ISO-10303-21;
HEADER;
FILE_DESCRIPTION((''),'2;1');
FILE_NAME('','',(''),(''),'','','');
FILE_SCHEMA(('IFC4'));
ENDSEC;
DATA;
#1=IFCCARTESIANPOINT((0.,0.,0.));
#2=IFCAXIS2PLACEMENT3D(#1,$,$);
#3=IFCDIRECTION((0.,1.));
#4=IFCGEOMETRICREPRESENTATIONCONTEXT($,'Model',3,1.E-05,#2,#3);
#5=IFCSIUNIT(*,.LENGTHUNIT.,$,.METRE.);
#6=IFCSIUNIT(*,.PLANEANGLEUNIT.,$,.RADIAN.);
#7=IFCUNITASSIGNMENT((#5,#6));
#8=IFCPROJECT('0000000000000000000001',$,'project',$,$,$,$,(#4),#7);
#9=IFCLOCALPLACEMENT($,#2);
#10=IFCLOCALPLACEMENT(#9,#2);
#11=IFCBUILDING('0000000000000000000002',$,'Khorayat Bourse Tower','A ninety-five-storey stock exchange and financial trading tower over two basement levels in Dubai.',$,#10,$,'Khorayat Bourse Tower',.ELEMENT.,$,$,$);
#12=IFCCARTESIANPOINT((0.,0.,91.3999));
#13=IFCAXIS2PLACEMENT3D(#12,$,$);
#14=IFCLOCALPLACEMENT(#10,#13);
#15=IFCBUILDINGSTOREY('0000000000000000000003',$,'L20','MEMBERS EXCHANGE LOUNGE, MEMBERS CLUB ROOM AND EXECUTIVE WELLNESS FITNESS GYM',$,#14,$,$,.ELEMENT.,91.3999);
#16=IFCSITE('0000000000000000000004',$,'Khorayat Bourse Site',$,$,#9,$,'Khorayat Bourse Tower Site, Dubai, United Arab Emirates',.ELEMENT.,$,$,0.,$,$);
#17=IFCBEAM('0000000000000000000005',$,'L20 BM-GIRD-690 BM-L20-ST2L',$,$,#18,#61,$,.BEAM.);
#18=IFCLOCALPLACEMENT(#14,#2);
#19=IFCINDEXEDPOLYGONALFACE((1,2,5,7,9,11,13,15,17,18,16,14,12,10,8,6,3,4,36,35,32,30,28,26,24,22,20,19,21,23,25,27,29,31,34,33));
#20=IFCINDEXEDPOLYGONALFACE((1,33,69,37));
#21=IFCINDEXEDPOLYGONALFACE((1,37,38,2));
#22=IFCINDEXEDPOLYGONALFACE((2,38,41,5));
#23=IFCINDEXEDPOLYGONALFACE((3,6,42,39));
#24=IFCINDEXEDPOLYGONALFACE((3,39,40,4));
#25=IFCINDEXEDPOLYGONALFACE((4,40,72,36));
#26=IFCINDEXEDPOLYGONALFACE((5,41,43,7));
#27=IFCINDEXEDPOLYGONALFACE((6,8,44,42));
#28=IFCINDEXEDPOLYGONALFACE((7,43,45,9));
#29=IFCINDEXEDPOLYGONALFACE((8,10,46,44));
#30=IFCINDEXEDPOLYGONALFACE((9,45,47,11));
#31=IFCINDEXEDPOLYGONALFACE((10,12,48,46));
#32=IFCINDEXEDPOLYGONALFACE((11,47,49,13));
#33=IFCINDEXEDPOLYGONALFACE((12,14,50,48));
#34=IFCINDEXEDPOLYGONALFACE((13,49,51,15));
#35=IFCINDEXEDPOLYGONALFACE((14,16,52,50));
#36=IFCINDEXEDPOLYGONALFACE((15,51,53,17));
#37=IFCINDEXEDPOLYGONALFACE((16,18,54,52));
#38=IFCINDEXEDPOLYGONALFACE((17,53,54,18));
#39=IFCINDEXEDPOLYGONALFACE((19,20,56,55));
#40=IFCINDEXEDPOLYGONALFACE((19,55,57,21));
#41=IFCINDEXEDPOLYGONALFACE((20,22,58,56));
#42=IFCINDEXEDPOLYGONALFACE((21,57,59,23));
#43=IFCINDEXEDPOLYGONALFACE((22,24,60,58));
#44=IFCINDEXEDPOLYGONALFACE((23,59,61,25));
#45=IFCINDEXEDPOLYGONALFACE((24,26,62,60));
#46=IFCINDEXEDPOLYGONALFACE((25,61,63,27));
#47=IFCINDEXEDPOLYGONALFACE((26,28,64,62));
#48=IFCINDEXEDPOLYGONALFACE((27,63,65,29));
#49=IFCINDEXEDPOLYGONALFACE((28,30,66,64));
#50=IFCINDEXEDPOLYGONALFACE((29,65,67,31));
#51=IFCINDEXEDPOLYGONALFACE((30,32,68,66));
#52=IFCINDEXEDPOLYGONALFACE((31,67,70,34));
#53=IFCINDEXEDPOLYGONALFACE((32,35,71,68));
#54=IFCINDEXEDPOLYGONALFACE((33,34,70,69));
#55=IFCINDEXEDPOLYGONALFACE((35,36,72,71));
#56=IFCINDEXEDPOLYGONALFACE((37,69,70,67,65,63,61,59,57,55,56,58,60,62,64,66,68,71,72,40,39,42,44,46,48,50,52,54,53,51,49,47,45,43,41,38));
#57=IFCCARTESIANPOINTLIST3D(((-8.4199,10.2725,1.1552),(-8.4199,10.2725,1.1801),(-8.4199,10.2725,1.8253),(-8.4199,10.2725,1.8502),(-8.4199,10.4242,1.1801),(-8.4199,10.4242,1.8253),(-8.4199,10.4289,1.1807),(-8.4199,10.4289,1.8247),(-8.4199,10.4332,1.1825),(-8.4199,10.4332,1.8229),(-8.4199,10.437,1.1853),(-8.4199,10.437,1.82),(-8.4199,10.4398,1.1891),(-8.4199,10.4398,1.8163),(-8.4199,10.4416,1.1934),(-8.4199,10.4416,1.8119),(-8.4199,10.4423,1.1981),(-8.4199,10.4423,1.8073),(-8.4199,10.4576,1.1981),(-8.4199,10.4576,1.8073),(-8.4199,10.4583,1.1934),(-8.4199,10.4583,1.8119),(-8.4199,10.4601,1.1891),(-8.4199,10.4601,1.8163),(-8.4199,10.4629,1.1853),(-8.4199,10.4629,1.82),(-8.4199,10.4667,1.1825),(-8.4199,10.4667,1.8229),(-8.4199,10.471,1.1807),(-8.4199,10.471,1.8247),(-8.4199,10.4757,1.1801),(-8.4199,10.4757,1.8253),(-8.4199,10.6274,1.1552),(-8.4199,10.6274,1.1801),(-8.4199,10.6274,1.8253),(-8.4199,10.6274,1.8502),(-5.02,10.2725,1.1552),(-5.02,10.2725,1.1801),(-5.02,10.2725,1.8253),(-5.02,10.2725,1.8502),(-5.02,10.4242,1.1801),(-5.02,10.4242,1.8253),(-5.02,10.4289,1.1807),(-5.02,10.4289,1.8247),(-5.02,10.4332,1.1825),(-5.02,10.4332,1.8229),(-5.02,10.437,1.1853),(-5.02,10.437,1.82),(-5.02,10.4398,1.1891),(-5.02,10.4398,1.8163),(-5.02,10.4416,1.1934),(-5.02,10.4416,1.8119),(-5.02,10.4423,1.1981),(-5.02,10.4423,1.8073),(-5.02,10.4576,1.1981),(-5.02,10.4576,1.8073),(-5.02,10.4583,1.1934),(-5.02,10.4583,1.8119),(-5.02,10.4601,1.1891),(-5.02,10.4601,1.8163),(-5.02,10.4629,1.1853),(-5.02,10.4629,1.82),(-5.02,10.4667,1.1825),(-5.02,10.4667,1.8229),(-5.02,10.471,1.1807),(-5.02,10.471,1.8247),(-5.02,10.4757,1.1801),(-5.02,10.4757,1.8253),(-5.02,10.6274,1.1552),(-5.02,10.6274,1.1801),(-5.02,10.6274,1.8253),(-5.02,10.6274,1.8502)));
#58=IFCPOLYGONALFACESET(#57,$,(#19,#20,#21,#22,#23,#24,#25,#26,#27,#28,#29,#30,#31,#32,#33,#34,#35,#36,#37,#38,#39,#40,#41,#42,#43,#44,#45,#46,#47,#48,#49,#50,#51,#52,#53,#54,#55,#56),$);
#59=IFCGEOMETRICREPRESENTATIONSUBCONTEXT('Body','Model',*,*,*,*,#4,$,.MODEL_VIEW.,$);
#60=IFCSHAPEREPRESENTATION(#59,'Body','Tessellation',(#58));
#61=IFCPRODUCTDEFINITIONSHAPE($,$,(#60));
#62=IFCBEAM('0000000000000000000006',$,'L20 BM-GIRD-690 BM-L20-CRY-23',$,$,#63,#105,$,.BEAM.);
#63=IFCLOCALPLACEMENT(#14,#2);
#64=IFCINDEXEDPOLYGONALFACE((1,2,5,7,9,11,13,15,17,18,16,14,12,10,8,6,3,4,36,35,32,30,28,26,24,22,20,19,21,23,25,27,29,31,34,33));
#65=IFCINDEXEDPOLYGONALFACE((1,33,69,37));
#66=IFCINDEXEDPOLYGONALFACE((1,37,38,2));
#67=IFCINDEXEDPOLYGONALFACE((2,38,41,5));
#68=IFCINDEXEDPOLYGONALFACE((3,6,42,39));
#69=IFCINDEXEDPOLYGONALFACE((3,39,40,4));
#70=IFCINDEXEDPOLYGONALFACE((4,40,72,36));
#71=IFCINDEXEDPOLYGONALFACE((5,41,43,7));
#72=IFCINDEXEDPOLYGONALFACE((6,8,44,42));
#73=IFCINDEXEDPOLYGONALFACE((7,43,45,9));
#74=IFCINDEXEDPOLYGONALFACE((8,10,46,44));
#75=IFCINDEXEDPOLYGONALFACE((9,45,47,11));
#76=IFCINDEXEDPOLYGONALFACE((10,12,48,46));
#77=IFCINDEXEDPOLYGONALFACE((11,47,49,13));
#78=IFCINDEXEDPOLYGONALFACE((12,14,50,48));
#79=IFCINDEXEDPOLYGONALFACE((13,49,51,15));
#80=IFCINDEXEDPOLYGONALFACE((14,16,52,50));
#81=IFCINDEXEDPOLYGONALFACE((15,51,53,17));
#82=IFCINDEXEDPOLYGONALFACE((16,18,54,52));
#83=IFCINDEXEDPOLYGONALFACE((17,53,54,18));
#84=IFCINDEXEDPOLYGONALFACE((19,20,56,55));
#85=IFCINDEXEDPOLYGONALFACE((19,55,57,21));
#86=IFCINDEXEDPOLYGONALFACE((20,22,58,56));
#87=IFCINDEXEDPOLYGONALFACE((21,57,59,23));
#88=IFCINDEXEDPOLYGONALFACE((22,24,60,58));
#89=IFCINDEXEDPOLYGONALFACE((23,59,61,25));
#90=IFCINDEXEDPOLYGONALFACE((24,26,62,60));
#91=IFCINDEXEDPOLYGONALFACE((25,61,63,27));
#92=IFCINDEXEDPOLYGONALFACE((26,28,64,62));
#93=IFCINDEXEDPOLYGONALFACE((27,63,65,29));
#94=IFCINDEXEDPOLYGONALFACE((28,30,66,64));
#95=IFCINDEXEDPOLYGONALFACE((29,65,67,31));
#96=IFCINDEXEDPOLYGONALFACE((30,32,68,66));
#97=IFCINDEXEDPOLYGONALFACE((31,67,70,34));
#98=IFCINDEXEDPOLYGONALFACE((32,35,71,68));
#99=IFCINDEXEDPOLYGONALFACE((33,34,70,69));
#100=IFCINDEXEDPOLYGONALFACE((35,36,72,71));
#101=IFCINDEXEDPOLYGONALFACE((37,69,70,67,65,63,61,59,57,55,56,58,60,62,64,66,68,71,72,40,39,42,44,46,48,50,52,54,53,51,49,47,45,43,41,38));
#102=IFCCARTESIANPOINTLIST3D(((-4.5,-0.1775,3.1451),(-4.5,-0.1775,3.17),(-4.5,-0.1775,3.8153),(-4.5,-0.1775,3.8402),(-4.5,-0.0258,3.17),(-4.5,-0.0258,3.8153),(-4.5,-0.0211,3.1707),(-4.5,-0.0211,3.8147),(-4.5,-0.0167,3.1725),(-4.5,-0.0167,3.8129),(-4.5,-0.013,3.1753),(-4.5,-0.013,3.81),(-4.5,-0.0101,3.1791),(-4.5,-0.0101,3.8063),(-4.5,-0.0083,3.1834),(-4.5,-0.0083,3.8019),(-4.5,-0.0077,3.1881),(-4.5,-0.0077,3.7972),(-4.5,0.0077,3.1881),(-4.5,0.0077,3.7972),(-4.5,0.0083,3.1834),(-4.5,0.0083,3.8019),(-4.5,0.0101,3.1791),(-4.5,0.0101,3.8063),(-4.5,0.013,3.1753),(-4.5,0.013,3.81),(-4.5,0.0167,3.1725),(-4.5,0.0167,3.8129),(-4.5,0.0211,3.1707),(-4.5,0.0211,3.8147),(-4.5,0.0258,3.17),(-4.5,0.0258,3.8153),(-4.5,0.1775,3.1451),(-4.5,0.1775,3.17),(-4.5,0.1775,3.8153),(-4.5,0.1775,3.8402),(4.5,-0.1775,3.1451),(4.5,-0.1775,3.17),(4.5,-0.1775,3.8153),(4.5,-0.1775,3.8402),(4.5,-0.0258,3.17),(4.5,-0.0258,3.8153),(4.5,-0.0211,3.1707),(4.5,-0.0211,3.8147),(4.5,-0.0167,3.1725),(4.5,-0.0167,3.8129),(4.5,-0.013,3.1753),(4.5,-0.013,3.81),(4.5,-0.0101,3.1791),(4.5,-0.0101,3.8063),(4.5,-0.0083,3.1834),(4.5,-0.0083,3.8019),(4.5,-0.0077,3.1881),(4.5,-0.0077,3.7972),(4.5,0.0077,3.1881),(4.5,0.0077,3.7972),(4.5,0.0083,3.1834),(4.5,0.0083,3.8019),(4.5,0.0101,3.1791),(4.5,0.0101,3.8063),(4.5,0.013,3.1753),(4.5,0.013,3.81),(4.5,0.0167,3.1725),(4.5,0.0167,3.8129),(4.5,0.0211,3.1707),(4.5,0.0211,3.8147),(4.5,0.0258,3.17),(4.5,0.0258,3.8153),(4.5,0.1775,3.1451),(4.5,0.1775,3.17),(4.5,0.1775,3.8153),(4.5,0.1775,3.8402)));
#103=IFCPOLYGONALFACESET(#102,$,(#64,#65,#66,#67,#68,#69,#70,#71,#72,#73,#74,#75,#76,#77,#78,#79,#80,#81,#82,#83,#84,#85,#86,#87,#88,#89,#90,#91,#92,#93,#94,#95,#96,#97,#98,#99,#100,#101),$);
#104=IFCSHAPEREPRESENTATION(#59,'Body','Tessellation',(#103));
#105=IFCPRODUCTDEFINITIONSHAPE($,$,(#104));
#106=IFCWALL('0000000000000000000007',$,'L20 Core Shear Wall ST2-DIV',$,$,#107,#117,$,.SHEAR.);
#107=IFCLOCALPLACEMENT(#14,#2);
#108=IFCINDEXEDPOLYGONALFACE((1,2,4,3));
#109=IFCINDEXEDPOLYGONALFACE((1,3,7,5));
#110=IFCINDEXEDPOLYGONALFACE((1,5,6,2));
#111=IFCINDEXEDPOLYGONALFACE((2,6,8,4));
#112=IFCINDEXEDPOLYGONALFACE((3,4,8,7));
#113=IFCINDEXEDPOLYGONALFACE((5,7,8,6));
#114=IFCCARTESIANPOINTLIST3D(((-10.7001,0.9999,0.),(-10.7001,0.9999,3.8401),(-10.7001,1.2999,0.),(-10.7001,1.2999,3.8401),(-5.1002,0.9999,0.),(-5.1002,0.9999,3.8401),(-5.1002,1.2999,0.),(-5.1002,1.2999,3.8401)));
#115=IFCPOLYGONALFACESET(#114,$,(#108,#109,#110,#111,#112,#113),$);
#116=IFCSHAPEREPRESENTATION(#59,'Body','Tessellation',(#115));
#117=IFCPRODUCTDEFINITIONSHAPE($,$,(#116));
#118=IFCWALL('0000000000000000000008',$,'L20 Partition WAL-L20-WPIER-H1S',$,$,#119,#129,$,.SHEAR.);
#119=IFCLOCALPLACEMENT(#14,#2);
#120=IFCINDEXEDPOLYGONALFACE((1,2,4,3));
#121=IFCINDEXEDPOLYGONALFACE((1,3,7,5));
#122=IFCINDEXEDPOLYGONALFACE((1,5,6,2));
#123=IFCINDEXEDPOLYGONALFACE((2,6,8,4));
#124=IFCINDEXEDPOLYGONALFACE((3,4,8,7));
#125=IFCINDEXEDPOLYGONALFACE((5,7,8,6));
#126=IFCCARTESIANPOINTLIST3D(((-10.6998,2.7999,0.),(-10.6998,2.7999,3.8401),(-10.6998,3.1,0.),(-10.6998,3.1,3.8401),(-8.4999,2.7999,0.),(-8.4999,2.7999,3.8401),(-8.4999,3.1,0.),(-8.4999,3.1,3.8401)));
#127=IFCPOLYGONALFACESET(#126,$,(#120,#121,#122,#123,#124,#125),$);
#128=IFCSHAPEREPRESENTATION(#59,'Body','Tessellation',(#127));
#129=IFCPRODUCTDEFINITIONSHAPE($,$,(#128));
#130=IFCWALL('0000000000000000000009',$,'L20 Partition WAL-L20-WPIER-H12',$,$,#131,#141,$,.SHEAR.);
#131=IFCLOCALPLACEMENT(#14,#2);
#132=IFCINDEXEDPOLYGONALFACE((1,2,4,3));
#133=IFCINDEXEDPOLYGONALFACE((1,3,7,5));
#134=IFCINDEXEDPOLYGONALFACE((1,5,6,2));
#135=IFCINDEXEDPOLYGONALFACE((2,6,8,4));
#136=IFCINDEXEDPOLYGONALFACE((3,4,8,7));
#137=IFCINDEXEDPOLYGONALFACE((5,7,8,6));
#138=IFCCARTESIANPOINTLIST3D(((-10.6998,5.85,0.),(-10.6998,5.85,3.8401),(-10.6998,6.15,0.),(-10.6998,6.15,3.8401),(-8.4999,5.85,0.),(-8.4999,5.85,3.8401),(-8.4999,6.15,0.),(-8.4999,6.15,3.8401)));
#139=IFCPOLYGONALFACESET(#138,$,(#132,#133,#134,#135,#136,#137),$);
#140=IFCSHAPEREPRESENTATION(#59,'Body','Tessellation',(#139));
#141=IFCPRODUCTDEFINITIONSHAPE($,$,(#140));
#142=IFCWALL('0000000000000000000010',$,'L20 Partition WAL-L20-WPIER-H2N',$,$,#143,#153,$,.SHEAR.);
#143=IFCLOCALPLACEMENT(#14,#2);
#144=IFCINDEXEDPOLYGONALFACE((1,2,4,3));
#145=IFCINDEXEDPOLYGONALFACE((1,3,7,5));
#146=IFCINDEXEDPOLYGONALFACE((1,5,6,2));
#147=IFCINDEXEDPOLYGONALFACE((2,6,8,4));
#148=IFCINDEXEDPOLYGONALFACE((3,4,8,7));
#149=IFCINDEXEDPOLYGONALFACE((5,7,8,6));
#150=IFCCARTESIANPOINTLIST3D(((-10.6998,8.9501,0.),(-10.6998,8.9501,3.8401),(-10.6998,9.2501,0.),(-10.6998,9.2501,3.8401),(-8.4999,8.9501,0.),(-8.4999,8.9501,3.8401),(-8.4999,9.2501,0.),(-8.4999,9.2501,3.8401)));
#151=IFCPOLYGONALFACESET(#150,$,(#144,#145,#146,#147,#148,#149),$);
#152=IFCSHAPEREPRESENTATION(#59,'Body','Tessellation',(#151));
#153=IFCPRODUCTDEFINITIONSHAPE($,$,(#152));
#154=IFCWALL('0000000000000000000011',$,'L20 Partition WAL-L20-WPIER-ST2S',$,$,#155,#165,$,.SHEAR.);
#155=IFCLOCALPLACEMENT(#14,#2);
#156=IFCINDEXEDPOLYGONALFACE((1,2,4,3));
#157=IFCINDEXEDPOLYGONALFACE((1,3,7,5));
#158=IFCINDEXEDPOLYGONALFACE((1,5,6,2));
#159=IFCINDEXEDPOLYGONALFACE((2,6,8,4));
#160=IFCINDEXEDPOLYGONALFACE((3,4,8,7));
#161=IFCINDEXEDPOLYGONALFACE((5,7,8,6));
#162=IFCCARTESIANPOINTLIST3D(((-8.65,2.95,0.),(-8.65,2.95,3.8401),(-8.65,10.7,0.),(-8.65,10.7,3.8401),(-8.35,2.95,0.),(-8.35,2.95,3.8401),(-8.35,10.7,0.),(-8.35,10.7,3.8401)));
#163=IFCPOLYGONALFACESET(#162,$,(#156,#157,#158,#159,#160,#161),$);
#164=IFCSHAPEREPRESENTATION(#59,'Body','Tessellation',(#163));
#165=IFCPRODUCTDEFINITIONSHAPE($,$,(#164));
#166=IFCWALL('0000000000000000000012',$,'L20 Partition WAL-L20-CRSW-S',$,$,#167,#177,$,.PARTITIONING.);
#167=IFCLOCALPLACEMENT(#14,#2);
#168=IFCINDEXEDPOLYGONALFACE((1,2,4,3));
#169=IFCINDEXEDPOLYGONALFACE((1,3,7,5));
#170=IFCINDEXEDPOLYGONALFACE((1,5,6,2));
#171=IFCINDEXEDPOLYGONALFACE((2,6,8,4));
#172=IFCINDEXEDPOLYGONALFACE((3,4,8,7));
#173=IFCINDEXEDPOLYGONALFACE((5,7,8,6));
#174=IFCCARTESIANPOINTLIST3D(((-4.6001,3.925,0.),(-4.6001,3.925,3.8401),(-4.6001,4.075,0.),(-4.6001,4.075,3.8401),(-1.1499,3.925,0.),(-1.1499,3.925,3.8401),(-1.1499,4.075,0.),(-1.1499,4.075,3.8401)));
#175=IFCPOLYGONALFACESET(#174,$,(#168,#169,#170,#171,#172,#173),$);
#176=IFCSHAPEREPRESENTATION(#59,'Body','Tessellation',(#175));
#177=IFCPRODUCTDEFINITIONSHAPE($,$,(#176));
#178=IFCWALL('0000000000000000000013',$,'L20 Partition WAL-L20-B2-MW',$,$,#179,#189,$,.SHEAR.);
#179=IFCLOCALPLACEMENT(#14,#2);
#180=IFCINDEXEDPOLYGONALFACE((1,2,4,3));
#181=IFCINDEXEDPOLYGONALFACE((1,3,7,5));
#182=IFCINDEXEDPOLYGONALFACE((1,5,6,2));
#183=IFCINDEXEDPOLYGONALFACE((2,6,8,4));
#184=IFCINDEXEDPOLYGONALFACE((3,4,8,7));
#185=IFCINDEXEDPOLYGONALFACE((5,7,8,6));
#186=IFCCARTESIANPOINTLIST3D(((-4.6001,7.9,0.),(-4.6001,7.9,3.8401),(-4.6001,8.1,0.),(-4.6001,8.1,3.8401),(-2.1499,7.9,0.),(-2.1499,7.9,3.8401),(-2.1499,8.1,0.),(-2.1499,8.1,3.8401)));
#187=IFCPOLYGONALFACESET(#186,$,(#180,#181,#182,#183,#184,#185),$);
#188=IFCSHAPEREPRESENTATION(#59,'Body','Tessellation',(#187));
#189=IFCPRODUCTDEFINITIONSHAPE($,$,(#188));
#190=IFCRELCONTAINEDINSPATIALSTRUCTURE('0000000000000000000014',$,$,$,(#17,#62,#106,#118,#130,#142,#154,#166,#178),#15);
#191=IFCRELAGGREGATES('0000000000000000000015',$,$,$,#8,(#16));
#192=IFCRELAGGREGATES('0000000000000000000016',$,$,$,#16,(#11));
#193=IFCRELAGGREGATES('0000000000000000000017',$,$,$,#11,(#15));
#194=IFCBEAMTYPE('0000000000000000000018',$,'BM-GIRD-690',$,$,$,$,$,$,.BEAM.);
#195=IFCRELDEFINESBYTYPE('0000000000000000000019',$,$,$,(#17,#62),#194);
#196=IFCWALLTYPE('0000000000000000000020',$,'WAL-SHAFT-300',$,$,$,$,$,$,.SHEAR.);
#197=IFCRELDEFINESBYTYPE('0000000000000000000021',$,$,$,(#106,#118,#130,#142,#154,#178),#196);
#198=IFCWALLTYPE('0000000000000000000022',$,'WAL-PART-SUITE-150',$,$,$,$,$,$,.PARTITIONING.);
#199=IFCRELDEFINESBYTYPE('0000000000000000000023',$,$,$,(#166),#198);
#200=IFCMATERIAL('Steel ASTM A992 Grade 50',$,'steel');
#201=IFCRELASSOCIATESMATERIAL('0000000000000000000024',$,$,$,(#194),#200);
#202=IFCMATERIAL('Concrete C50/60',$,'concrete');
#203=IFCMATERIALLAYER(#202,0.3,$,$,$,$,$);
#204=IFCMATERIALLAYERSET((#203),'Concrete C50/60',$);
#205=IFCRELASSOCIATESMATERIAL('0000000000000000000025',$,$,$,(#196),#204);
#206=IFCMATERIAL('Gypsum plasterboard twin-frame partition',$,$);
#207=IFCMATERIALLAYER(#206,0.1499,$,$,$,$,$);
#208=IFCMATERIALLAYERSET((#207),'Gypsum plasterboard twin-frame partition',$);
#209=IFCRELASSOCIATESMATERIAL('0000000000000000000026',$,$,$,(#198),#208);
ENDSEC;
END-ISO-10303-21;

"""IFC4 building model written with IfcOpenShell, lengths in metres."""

from ifc_helpers import new_model, si_unit, direction, frame, frame_2d, origin, origin_2d, place, context, subcontext, project, spatial, rectangle, i_section, extrude, source, transform, mapped, material, layer, layer_set, material_profile, profile_set, type_object, element, save


model = new_model("IFC4")

# Units and contexts
model_context = context("Model", 3, precision=1e-05, world=origin(), true_north=direction((0.0, 1.0)))
body_context = subcontext(model_context, "Body", "Model", "MODEL_VIEW")
ifc_project = project(units=[si_unit("LENGTHUNIT", "METRE"), si_unit("PLANEANGLEUNIT", "RADIAN")], contexts=[model_context])

# Site, building, storey
site_placement = place(None, origin())
site = spatial("IfcSite", under=ifc_project, at=site_placement, Name="Khorayat Bourse Site", LongName="Khorayat Bourse Tower Site, Dubai, United Arab Emirates", CompositionType="ELEMENT", RefElevation=0.0)
building_placement = place(site_placement, origin())
building = spatial("IfcBuilding", under=site, at=building_placement, Name="Khorayat Bourse Tower", Description="A ninety-five-storey stock exchange and financial trading tower over two basement levels in Dubai.", LongName="Khorayat Bourse Tower", CompositionType="ELEMENT")
storey_placement = place(building_placement, frame((0.0, 0.0, 91.3999)))
storey = spatial("IfcBuildingStorey", under=building, at=storey_placement, Name="L20", Description="MEMBERS EXCHANGE LOUNGE, MEMBERS CLUB ROOM AND EXECUTIVE WELLNESS FITNESS GYM", CompositionType="ELEMENT", Elevation=91.3999)

# Beams
ifc_material_1 = material(Name="Steel ASTM A992 Grade 50", Category="steel")
ifc_material_profile_1 = material_profile(ifc_material_1, i_section(OverallWidth=0.355, OverallDepth=0.6951, WebThickness=0.0154, FlangeThickness=0.0249, FilletRadius=0.0181, at=origin_2d()), Name="W690X217")
ifc_profile_set_1 = profile_set([ifc_material_profile_1], Name="Steel ASTM A992 Grade 50")
beam_type_1 = type_object("IfcBeamType", Name="BM-GIRD-690", PredefinedType="BEAM", material=ifc_profile_set_1)
shared_shape_1 = source(origin(), body_context, "Body", "SweptSolid", [
    extrude(i_section(OverallWidth=0.355, OverallDepth=0.6951, WebThickness=0.0154, FlangeThickness=0.0249, FilletRadius=0.0181, at=origin_2d()), origin(), (0.0, 0.0, 1.0), 3.3999),
])
beam_1_placement = place(storey_placement, frame((-8.4199, 10.45, 1.5027), z_axis=(1.0, 0.0, 0.0), x_axis=(0.0, 1.0, 0.0)))
element("IfcBeam", 1, at=beam_1_placement, inside=storey, type_object=beam_type_1, Name="L20 BM-GIRD-690 BM-L20-ST2L", PredefinedType="BEAM", context=body_context, shape_type="MappedRepresentation", body=[
    mapped(shared_shape_1, transform((0.0, 0.0, 0.0), scale=1.0)),
])
shared_shape_2 = source(origin(), body_context, "Body", "SweptSolid", [
    extrude(i_section(OverallWidth=0.355, OverallDepth=0.6951, WebThickness=0.0154, FlangeThickness=0.0249, FilletRadius=0.0181, at=origin_2d()), origin(), (0.0, 0.0, 1.0), 9.0),
])
beam_2_placement = place(storey_placement, frame((-4.5, 0.0, 3.4927), z_axis=(1.0, 0.0, 0.0), x_axis=(0.0, 1.0, 0.0)))
element("IfcBeam", 2, at=beam_2_placement, inside=storey, type_object=beam_type_1, Name="L20 BM-GIRD-690 BM-L20-CRY-23", PredefinedType="BEAM", context=body_context, shape_type="MappedRepresentation", body=[
    mapped(shared_shape_2, transform((0.0, 0.0, 0.0), scale=1.0)),
])

# Walls
ifc_material_2 = material(Name="Concrete C50/60", Category="concrete")
ifc_layer_1 = layer(ifc_material_2, 0.3)
ifc_layer_set_1 = layer_set([ifc_layer_1], Name="Concrete C50/60")
wall_type_1 = type_object("IfcWallType", Name="WAL-SHAFT-300", PredefinedType="SHEAR", material=ifc_layer_set_1)
shared_shape_3 = source(origin(), body_context, "Body", "SweptSolid", [
    extrude(rectangle(XDim=5.5999, YDim=0.3, at=frame_2d((2.7998, 0.0))), origin(), (0.0, 0.0, 1.0), 3.8401),
])
wall_1_placement = place(storey_placement, frame((-10.7, 1.1499, 0.0), z_axis=(0.0, 0.0, 1.0), x_axis=(1.0, 0.0, 0.0)))
element("IfcWall", 3, at=wall_1_placement, inside=storey, type_object=wall_type_1, Name="L20 Core Shear Wall ST2-DIV", PredefinedType="SHEAR", context=body_context, shape_type="MappedRepresentation", body=[
    mapped(shared_shape_3, transform((0.0, 0.0, 0.0), scale=1.0)),
])
shared_shape_4 = source(origin(), body_context, "Body", "SweptSolid", [
    extrude(rectangle(XDim=2.2, YDim=0.3, at=frame_2d((1.1001, 0.0))), origin(), (0.0, 0.0, 1.0), 3.8401),
])
for number, where, z_axis, x_axis, name in (
    (4, (-10.7, 2.95, 0.0), (0.0, 0.0, 1.0), (1.0, 0.0, 0.0), "L20 Partition WAL-L20-WPIER-H1S"),
    (5, (-10.7, 6.0, 0.0), (0.0, 0.0, 1.0), (1.0, 0.0, 0.0), "L20 Partition WAL-L20-WPIER-H12"),
    (6, (-10.7, 9.1001, 0.0), (0.0, 0.0, 1.0), (1.0, 0.0, 0.0), "L20 Partition WAL-L20-WPIER-H2N"),
):
    element("IfcWall", number, at=place(storey_placement, frame(where, z_axis=z_axis, x_axis=x_axis)), inside=storey, type_object=wall_type_1, Name=name, PredefinedType="SHEAR", context=body_context, shape_type="MappedRepresentation", body=[
        mapped(shared_shape_4, transform((0.0, 0.0, 0.0), scale=1.0)),
    ])
shared_shape_5 = source(origin(), body_context, "Body", "SweptSolid", [
    extrude(rectangle(XDim=7.75, YDim=0.3, at=frame_2d((3.875, 0.0))), origin(), (0.0, 0.0, 1.0), 3.8401),
])
wall_2_placement = place(storey_placement, frame((-8.5, 2.95, 0.0), z_axis=(0.0, 0.0, 1.0), x_axis=(0.0, 1.0, 0.0)))
element("IfcWall", 7, at=wall_2_placement, inside=storey, type_object=wall_type_1, Name="L20 Partition WAL-L20-WPIER-ST2S", PredefinedType="SHEAR", context=body_context, shape_type="MappedRepresentation", body=[
    mapped(shared_shape_5, transform((0.0, 0.0, 0.0), scale=1.0)),
])
ifc_material_3 = material(Name="Gypsum plasterboard twin-frame partition")
ifc_layer_2 = layer(ifc_material_3, 0.1499)
ifc_layer_set_2 = layer_set([ifc_layer_2], Name="Gypsum plasterboard twin-frame partition")
wall_type_2 = type_object("IfcWallType", Name="WAL-PART-SUITE-150", PredefinedType="PARTITIONING", material=ifc_layer_set_2)
shared_shape_6 = source(origin(), body_context, "Body", "SweptSolid", [
    extrude(rectangle(XDim=3.4502, YDim=0.1499, at=frame_2d((1.7251, 0.0))), origin(), (0.0, 0.0, 1.0), 3.8401),
])
wall_3_placement = place(storey_placement, frame((-4.6001, 4.0, 0.0), z_axis=(0.0, 0.0, 1.0), x_axis=(1.0, 0.0, 0.0)))
element("IfcWall", 8, at=wall_3_placement, inside=storey, type_object=wall_type_2, Name="L20 Partition WAL-L20-CRSW-S", PredefinedType="PARTITIONING", context=body_context, shape_type="MappedRepresentation", body=[
    mapped(shared_shape_6, transform((0.0, 0.0, 0.0), scale=1.0)),
])
shared_shape_7 = source(origin(), body_context, "Body", "SweptSolid", [
    extrude(rectangle(XDim=2.4502, YDim=0.2, at=frame_2d((1.2251, 0.0))), origin(), (0.0, 0.0, 1.0), 3.8401),
])
wall_4_placement = place(storey_placement, frame((-4.6001, 8.0, 0.0), z_axis=(0.0, 0.0, 1.0), x_axis=(1.0, 0.0, 0.0)))
element("IfcWall", 9, at=wall_4_placement, inside=storey, type_object=wall_type_1, Name="L20 Partition WAL-L20-B2-MW", PredefinedType="SHEAR", context=body_context, shape_type="MappedRepresentation", body=[
    mapped(shared_shape_7, transform((0.0, 0.0, 0.0), scale=1.0)),
])

save(model, "model.ifc")
